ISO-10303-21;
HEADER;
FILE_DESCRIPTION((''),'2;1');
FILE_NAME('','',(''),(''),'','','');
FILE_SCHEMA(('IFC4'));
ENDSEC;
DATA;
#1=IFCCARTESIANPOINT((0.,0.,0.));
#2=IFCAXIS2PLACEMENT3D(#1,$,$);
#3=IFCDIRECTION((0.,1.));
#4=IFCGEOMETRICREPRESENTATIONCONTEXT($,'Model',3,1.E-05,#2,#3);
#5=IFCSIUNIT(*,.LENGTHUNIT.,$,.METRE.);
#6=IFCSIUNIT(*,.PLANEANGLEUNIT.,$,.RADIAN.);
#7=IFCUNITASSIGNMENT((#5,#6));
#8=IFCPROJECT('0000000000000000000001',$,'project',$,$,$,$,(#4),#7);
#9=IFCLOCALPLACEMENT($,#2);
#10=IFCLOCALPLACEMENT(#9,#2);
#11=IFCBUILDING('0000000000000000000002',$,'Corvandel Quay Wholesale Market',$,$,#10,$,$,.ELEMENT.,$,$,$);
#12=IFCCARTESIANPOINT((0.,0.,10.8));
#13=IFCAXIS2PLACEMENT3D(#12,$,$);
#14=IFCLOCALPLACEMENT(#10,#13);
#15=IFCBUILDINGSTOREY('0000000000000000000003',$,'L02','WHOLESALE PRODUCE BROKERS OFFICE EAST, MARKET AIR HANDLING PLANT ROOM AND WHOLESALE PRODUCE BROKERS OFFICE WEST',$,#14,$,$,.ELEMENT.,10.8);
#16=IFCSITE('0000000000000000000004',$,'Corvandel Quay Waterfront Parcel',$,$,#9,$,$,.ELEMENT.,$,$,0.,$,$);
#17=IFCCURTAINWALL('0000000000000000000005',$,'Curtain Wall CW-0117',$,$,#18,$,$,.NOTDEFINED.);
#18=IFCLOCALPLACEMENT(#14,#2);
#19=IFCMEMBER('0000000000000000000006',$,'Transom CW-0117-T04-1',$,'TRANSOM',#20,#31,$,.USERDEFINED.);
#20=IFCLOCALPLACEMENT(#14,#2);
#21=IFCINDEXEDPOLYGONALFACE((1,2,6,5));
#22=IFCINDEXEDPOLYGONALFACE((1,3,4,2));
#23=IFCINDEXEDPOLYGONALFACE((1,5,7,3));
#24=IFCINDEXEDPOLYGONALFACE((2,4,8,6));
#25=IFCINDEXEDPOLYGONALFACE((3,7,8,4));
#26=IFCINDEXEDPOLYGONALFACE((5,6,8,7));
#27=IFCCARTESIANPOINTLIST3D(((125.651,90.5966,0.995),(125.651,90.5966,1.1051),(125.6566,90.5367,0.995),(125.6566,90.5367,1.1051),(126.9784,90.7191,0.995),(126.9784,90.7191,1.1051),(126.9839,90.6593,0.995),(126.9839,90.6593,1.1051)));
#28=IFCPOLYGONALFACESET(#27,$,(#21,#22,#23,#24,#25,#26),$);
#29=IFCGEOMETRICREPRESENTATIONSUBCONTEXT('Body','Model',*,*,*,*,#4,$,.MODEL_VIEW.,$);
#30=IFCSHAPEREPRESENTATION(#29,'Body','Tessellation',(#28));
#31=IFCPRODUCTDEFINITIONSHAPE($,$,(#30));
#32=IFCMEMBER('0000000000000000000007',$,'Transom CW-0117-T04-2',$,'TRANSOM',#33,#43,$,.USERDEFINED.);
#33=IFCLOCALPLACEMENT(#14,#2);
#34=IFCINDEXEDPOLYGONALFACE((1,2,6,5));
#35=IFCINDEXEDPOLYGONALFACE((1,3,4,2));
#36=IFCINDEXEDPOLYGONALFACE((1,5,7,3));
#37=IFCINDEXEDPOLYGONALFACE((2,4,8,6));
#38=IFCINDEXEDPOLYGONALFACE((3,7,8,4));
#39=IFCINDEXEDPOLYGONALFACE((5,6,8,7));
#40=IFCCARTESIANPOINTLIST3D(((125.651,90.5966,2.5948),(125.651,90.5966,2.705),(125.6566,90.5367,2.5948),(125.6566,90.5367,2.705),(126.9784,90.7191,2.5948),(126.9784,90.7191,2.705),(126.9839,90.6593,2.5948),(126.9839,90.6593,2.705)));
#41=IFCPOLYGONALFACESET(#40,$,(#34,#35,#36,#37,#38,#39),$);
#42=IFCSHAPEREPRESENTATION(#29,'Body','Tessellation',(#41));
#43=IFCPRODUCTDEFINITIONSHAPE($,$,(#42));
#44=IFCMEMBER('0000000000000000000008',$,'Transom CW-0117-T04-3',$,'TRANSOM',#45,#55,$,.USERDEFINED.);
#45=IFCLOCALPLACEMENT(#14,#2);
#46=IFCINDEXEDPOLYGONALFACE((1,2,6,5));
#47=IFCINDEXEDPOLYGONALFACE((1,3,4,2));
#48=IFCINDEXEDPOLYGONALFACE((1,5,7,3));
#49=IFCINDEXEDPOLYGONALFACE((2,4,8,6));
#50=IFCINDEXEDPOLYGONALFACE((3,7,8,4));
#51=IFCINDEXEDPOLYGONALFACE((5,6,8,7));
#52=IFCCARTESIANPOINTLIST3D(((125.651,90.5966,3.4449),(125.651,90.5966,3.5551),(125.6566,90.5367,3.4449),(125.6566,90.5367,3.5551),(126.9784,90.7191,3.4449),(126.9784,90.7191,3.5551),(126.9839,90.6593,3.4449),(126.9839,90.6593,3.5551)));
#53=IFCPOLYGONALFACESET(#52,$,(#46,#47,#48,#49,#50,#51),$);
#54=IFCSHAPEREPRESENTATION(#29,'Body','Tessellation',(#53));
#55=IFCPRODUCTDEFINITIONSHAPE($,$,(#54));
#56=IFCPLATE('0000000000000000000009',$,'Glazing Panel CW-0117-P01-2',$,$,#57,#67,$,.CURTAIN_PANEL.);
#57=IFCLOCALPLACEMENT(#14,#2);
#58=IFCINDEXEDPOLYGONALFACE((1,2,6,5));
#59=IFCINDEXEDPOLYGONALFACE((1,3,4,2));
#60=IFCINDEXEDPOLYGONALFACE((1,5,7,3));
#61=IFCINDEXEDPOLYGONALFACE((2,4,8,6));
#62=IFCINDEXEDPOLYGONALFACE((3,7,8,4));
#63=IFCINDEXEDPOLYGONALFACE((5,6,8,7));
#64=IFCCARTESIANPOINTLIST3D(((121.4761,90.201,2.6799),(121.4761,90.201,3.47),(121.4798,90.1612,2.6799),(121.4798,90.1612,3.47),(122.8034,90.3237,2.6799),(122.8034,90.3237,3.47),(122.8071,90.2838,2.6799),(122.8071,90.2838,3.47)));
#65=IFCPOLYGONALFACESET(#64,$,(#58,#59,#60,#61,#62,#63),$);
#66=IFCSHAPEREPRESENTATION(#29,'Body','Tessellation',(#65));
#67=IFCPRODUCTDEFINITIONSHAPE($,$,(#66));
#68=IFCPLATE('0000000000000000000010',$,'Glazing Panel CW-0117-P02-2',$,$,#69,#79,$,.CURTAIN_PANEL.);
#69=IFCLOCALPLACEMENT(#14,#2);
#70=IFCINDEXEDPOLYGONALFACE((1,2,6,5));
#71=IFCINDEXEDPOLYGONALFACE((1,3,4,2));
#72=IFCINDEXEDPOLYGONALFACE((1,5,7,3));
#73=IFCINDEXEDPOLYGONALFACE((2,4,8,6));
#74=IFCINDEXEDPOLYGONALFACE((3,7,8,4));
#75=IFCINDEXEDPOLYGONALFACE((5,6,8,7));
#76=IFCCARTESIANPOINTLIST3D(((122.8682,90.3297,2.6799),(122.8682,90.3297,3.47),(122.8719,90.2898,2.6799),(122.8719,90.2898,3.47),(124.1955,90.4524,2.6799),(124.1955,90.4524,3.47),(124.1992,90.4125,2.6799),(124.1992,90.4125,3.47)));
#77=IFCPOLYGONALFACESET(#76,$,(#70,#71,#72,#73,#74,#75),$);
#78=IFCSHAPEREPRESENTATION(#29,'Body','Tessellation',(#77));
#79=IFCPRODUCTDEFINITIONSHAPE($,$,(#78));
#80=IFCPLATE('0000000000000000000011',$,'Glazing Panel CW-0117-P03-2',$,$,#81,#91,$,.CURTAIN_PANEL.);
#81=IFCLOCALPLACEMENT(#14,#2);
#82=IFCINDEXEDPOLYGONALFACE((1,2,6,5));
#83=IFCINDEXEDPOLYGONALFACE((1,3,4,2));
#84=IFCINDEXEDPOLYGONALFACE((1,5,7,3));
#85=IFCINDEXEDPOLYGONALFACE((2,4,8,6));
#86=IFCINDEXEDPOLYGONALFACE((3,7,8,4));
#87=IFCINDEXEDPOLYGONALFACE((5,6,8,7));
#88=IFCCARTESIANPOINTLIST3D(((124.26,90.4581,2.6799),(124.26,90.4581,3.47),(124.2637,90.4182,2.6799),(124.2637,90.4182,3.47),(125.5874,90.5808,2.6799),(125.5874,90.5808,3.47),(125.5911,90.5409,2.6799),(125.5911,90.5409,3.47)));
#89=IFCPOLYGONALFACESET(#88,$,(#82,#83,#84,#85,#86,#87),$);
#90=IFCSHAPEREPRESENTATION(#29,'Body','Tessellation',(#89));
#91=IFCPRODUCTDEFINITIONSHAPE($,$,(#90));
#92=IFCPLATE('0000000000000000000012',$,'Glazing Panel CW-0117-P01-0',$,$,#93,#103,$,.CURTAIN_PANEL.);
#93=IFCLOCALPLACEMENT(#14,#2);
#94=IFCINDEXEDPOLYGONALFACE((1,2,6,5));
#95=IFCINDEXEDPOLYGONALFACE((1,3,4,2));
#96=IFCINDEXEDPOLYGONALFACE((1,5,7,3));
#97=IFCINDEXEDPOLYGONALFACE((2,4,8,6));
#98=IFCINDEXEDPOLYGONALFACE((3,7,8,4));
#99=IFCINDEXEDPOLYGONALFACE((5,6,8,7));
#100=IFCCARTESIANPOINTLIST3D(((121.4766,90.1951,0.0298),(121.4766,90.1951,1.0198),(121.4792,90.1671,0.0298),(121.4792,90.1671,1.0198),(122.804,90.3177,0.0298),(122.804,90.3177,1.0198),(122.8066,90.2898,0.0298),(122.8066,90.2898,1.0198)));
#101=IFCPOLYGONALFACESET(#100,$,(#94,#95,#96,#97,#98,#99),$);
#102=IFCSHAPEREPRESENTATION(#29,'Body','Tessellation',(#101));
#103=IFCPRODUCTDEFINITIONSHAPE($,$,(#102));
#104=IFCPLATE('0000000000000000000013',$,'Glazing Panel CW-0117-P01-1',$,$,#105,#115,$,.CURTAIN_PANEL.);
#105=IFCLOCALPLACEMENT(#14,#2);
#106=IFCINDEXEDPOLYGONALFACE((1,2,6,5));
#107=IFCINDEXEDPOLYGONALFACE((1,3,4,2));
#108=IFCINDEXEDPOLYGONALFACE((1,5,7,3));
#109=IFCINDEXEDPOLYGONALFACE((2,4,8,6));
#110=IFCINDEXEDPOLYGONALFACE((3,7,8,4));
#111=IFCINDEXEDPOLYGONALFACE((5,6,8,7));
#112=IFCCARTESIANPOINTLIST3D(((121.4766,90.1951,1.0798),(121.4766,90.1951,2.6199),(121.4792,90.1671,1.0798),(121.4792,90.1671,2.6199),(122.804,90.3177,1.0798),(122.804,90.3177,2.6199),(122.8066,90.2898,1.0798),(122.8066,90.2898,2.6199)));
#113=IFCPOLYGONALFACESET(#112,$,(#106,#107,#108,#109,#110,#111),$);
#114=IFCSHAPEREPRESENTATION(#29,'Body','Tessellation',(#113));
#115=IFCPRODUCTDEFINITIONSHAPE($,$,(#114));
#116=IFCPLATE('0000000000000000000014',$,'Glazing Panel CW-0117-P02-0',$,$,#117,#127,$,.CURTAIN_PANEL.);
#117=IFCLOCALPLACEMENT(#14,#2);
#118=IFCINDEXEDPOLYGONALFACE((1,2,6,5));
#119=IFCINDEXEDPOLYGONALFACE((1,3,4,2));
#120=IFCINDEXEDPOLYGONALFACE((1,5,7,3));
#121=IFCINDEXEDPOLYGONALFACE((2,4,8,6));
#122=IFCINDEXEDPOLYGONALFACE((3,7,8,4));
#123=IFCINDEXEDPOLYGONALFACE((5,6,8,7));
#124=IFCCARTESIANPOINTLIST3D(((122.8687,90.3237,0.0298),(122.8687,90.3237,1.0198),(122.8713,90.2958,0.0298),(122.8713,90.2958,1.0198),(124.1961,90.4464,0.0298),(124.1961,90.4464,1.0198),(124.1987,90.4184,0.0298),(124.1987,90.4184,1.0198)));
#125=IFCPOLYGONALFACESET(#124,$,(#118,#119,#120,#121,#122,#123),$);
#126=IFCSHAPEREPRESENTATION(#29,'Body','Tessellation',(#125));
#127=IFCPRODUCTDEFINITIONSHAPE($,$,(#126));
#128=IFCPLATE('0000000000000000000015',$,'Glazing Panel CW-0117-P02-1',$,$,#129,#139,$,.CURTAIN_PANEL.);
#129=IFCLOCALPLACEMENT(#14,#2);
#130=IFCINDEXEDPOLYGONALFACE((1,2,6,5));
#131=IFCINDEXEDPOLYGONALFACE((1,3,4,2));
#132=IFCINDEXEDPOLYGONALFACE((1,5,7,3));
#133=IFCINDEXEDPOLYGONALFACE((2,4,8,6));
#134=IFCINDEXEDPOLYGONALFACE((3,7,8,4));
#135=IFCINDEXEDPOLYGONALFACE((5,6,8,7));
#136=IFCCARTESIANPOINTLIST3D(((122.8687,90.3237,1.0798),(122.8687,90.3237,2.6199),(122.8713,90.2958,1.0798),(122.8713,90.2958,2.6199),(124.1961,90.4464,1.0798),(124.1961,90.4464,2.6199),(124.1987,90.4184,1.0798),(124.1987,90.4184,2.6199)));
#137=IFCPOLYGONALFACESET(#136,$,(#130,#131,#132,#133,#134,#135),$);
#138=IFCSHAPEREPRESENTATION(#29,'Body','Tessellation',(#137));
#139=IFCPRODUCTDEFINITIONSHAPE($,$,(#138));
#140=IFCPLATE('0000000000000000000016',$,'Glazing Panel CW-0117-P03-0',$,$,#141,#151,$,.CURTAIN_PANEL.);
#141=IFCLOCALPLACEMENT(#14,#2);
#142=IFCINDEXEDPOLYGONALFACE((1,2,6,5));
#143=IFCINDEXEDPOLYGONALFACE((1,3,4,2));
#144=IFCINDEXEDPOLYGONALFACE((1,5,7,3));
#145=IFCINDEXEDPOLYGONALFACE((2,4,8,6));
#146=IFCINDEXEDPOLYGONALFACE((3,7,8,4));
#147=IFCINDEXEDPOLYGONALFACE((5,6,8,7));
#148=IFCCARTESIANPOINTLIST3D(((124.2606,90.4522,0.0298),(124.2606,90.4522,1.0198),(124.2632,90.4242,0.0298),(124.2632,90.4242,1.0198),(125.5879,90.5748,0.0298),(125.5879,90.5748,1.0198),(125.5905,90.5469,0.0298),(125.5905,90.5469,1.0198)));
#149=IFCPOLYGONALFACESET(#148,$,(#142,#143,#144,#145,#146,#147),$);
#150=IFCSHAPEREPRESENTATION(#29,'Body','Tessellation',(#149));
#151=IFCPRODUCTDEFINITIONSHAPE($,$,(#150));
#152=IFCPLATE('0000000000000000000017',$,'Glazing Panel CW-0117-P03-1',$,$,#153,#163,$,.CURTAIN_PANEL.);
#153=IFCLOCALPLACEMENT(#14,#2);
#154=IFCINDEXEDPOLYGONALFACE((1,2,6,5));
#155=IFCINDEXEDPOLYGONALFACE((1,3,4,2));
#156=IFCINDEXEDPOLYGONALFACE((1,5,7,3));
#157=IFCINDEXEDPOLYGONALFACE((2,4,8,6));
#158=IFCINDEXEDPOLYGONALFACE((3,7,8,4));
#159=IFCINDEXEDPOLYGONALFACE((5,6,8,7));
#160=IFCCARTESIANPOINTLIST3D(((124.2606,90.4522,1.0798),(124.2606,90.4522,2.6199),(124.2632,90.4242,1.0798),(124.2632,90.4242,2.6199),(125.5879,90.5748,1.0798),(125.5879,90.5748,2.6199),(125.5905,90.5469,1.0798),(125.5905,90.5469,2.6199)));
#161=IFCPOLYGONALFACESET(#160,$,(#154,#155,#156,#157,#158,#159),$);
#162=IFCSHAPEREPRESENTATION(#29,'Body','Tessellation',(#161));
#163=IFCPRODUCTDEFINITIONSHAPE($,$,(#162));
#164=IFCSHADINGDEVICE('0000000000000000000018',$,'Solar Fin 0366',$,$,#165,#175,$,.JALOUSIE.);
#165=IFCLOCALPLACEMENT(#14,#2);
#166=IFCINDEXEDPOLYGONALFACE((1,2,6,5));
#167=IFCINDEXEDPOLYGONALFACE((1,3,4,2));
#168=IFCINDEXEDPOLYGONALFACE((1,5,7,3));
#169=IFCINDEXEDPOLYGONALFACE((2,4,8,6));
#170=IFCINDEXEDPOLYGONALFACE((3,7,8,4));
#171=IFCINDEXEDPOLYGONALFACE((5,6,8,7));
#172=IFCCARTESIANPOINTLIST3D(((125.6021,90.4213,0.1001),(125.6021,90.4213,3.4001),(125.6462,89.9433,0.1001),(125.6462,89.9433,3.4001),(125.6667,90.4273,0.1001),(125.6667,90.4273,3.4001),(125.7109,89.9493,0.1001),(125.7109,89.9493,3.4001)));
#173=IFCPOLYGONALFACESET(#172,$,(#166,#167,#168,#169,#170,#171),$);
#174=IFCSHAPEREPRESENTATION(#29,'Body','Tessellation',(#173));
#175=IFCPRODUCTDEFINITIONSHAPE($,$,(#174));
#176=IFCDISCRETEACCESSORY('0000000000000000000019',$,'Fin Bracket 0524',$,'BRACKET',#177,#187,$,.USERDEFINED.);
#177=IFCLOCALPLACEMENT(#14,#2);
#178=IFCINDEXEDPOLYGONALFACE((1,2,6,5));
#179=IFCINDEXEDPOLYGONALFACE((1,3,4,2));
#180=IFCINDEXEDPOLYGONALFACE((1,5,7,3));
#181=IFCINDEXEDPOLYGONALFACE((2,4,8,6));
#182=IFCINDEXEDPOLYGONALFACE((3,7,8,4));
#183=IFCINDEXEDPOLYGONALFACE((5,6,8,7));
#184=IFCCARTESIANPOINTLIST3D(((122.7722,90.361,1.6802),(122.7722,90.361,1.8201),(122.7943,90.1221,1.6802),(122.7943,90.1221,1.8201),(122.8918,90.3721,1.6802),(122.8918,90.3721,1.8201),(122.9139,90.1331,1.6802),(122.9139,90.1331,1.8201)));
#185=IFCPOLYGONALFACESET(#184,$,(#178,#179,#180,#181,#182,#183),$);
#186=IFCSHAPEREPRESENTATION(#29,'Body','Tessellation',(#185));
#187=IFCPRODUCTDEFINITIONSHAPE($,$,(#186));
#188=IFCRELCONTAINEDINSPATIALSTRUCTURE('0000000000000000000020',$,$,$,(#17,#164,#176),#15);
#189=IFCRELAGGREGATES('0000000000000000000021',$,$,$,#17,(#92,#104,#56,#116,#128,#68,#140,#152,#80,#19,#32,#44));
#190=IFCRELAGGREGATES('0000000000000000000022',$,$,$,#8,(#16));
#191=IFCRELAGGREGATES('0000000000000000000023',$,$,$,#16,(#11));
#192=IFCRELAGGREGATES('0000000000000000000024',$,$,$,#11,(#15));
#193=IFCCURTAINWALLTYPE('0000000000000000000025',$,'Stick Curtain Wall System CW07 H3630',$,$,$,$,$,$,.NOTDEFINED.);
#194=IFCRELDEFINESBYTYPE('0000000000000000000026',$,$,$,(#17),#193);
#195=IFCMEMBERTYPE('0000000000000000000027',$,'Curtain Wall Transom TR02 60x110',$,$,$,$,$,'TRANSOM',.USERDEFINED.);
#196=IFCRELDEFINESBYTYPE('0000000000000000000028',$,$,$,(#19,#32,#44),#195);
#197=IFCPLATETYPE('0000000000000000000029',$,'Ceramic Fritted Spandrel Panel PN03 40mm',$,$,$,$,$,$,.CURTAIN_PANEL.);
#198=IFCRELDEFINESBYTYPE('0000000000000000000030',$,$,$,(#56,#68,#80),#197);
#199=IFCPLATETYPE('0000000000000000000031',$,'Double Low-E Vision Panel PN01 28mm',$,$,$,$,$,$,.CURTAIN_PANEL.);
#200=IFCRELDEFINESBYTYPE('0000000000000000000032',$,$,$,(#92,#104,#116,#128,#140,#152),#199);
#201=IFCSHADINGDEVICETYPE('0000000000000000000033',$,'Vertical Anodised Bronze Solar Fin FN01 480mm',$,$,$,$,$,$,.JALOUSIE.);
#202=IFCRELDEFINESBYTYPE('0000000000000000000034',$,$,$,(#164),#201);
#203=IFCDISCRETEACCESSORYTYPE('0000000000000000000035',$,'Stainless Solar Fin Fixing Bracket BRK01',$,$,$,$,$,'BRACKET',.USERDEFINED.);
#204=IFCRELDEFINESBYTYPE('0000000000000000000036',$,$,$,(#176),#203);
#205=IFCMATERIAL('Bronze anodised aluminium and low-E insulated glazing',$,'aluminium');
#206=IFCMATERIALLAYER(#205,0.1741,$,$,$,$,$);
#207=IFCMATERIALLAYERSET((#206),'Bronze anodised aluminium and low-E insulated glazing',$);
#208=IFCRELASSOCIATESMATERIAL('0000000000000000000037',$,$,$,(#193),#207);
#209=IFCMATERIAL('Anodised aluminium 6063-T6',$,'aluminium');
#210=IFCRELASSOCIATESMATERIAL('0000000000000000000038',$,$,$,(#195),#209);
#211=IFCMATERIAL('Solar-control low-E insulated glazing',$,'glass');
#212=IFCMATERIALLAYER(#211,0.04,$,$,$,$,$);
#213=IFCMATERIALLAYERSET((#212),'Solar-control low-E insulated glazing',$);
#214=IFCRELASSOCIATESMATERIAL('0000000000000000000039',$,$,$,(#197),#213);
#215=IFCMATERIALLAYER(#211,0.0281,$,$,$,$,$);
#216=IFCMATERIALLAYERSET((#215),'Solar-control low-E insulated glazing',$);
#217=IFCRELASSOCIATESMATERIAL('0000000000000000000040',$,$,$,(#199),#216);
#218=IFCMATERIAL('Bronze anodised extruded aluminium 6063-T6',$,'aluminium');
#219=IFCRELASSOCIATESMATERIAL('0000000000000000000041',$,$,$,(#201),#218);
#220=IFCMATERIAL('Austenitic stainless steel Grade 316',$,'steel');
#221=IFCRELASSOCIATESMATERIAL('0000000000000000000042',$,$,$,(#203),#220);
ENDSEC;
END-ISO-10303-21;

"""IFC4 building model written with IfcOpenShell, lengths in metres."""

from ifc_helpers import new_model, si_unit, direction, frame, origin, origin_2d, place, context, subcontext, project, spatial, rectangle, extrude, material, layer, layer_set, material_profile, profile_set, type_object, element, aggregate, save


model = new_model("IFC4")

# Units and contexts
model_context = context("Model", 3, precision=1e-05, world=origin(), true_north=direction((0.0, 1.0)))
body_context = subcontext(model_context, "Body", "Model", "MODEL_VIEW")
ifc_project = project(units=[si_unit("LENGTHUNIT", "METRE"), si_unit("PLANEANGLEUNIT", "RADIAN")], contexts=[model_context])

# Site, building, storey
site_placement = place(None, origin())
site = spatial("IfcSite", under=ifc_project, at=site_placement, Name="Corvandel Quay Waterfront Parcel", CompositionType="ELEMENT", RefElevation=0.0)
building_placement = place(site_placement, origin())
building = spatial("IfcBuilding", under=site, at=building_placement, Name="Corvandel Quay Wholesale Market", CompositionType="ELEMENT")
storey_placement = place(building_placement, frame((0.0, 0.0, 10.8)))
storey = spatial("IfcBuildingStorey", under=building, at=storey_placement, Name="L02", Description="WHOLESALE PRODUCE BROKERS OFFICE EAST, MARKET AIR HANDLING PLANT ROOM AND WHOLESALE PRODUCE BROKERS OFFICE WEST", CompositionType="ELEMENT", Elevation=10.8)

# Curtain wall, members, plates
ifc_material_1 = material(Name="Bronze anodised aluminium and low-E insulated glazing", Category="aluminium")
ifc_layer_1 = layer(ifc_material_1, 0.1741)
ifc_layer_set_1 = layer_set([ifc_layer_1], Name="Bronze anodised aluminium and low-E insulated glazing")
curtain_wall_type = type_object("IfcCurtainWallType", Name="Stick Curtain Wall System CW07 H3630", PredefinedType="NOTDEFINED", material=ifc_layer_set_1)
curtain_wall_placement = place(storey_placement, origin())
curtain_wall = element("IfcCurtainWall", 1, at=curtain_wall_placement, inside=storey, type_object=curtain_wall_type, Name="Curtain Wall CW-0117", PredefinedType="NOTDEFINED")
ifc_material_2 = material(Name="Anodised aluminium 6063-T6", Category="aluminium")
ifc_material_profile_1 = material_profile(ifc_material_2, rectangle(XDim=0.0601, YDim=0.1101, at=origin_2d()), Name="ALU-TRN-60x110")
ifc_profile_set_1 = profile_set([ifc_material_profile_1], Name="Anodised aluminium 6063-T6")
member_type_1 = type_object("IfcMemberType", Name="Curtain Wall Transom TR02 60x110", ElementType="TRANSOM", PredefinedType="USERDEFINED", material=ifc_profile_set_1)
member_1_placement = place(storey_placement, frame((125.6538, 90.5667, 1.05), z_axis=(0.995765, 0.091939, 0.0), x_axis=(-0.091939, 0.995765, 0.0)))
member_1 = element("IfcMember", 2, at=member_1_placement, type_object=member_type_1, Name="Transom CW-0117-T04-1", ObjectType="TRANSOM", PredefinedType="USERDEFINED", context=body_context, shape_type="SweptSolid", body=[
    extrude(rectangle(XDim=0.0601, YDim=0.1101, at=origin_2d()), origin(), (0.0, 0.0, 1.0), 1.333),
])
member_2_placement = place(storey_placement, frame((125.6538, 90.5667, 2.6499), z_axis=(0.995765, 0.091939, 0.0), x_axis=(-0.091939, 0.995765, 0.0)))
member_2 = element("IfcMember", 3, at=member_2_placement, type_object=member_type_1, Name="Transom CW-0117-T04-2", ObjectType="TRANSOM", PredefinedType="USERDEFINED", context=body_context, shape_type="SweptSolid", body=[
    extrude(rectangle(XDim=0.0601, YDim=0.1101, at=origin_2d()), origin(), (0.0, 0.0, 1.0), 1.333),
])
member_3_placement = place(storey_placement, frame((125.6538, 90.5667, 3.5), z_axis=(0.995765, 0.091939, 0.0), x_axis=(-0.091939, 0.995765, 0.0)))
member_3 = element("IfcMember", 4, at=member_3_placement, type_object=member_type_1, Name="Transom CW-0117-T04-3", ObjectType="TRANSOM", PredefinedType="USERDEFINED", context=body_context, shape_type="SweptSolid", body=[
    extrude(rectangle(XDim=0.0601, YDim=0.1101, at=origin_2d()), origin(), (0.0, 0.0, 1.0), 1.333),
])
ifc_material_3 = material(Name="Solar-control low-E insulated glazing", Category="glass")
ifc_layer_2 = layer(ifc_material_3, 0.04)
ifc_layer_set_2 = layer_set([ifc_layer_2], Name="Solar-control low-E insulated glazing")
plate_type_1 = type_object("IfcPlateType", Name="Ceramic Fritted Spandrel Panel PN03 40mm", PredefinedType="CURTAIN_PANEL", material=ifc_layer_set_2)
plate_1_placement = place(storey_placement, frame((122.1416, 90.2424, 2.6799), z_axis=(0.0, 0.0, 1.0), x_axis=(0.995757, 0.092023, 0.0)))
plate_1 = element("IfcPlate", 5, at=plate_1_placement, type_object=plate_type_1, Name="Glazing Panel CW-0117-P01-2", PredefinedType="CURTAIN_PANEL", context=body_context, shape_type="SweptSolid", body=[
    extrude(rectangle(XDim=1.333, YDim=0.04, at=origin_2d()), origin(), (0.0, 0.0, 1.0), 0.79),
])
plate_2_placement = place(storey_placement, frame((123.5337, 90.3711, 2.6799), z_axis=(0.0, 0.0, 1.0), x_axis=(0.995757, 0.092023, 0.0)))
plate_2 = element("IfcPlate", 6, at=plate_2_placement, type_object=plate_type_1, Name="Glazing Panel CW-0117-P02-2", PredefinedType="CURTAIN_PANEL", context=body_context, shape_type="SweptSolid", body=[
    extrude(rectangle(XDim=1.333, YDim=0.04, at=origin_2d()), origin(), (0.0, 0.0, 1.0), 0.79),
])
plate_3_placement = place(storey_placement, frame((124.9255, 90.4995, 2.6799), z_axis=(0.0, 0.0, 1.0), x_axis=(0.995757, 0.092023, 0.0)))
plate_3 = element("IfcPlate", 7, at=plate_3_placement, type_object=plate_type_1, Name="Glazing Panel CW-0117-P03-2", PredefinedType="CURTAIN_PANEL", context=body_context, shape_type="SweptSolid", body=[
    extrude(rectangle(XDim=1.333, YDim=0.04, at=origin_2d()), origin(), (0.0, 0.0, 1.0), 0.79),
])
ifc_layer_3 = layer(ifc_material_3, 0.0281)
ifc_layer_set_3 = layer_set([ifc_layer_3], Name="Solar-control low-E insulated glazing")
plate_type_2 = type_object("IfcPlateType", Name="Double Low-E Vision Panel PN01 28mm", PredefinedType="CURTAIN_PANEL", material=ifc_layer_set_3)
plate_4_placement = place(storey_placement, frame((122.1416, 90.2424, 0.0298), z_axis=(0.0, 0.0, 1.0), x_axis=(0.995757, 0.092023, 0.0)))
plate_4 = element("IfcPlate", 8, at=plate_4_placement, type_object=plate_type_2, Name="Glazing Panel CW-0117-P01-0", PredefinedType="CURTAIN_PANEL", context=body_context, shape_type="SweptSolid", body=[
    extrude(rectangle(XDim=1.333, YDim=0.0281, at=origin_2d()), origin(), (0.0, 0.0, 1.0), 0.99),
])
plate_5_placement = place(storey_placement, frame((122.1416, 90.2424, 1.0798), z_axis=(0.0, 0.0, 1.0), x_axis=(0.995757, 0.092023, 0.0)))
plate_5 = element("IfcPlate", 9, at=plate_5_placement, type_object=plate_type_2, Name="Glazing Panel CW-0117-P01-1", PredefinedType="CURTAIN_PANEL", context=body_context, shape_type="SweptSolid", body=[
    extrude(rectangle(XDim=1.333, YDim=0.0281, at=origin_2d()), origin(), (0.0, 0.0, 1.0), 1.54),
])
plate_6_placement = place(storey_placement, frame((123.5337, 90.3711, 0.0298), z_axis=(0.0, 0.0, 1.0), x_axis=(0.995757, 0.092023, 0.0)))
plate_6 = element("IfcPlate", 10, at=plate_6_placement, type_object=plate_type_2, Name="Glazing Panel CW-0117-P02-0", PredefinedType="CURTAIN_PANEL", context=body_context, shape_type="SweptSolid", body=[
    extrude(rectangle(XDim=1.333, YDim=0.0281, at=origin_2d()), origin(), (0.0, 0.0, 1.0), 0.99),
])
plate_7_placement = place(storey_placement, frame((123.5337, 90.3711, 1.0798), z_axis=(0.0, 0.0, 1.0), x_axis=(0.995757, 0.092023, 0.0)))
plate_7 = element("IfcPlate", 11, at=plate_7_placement, type_object=plate_type_2, Name="Glazing Panel CW-0117-P02-1", PredefinedType="CURTAIN_PANEL", context=body_context, shape_type="SweptSolid", body=[
    extrude(rectangle(XDim=1.333, YDim=0.0281, at=origin_2d()), origin(), (0.0, 0.0, 1.0), 1.54),
])
plate_8_placement = place(storey_placement, frame((124.9255, 90.4995, 0.0298), z_axis=(0.0, 0.0, 1.0), x_axis=(0.995757, 0.092023, 0.0)))
plate_8 = element("IfcPlate", 12, at=plate_8_placement, type_object=plate_type_2, Name="Glazing Panel CW-0117-P03-0", PredefinedType="CURTAIN_PANEL", context=body_context, shape_type="SweptSolid", body=[
    extrude(rectangle(XDim=1.333, YDim=0.0281, at=origin_2d()), origin(), (0.0, 0.0, 1.0), 0.99),
])
plate_9_placement = place(storey_placement, frame((124.9255, 90.4995, 1.0798), z_axis=(0.0, 0.0, 1.0), x_axis=(0.995757, 0.092023, 0.0)))
plate_9 = element("IfcPlate", 13, at=plate_9_placement, type_object=plate_type_2, Name="Glazing Panel CW-0117-P03-1", PredefinedType="CURTAIN_PANEL", context=body_context, shape_type="SweptSolid", body=[
    extrude(rectangle(XDim=1.333, YDim=0.0281, at=origin_2d()), origin(), (0.0, 0.0, 1.0), 1.54),
])
aggregate(curtain_wall, [plate_4, plate_5, plate_1, plate_6, plate_7, plate_2, plate_8, plate_9, plate_3, member_1, member_2, member_3])

# Shading device
ifc_material_4 = material(Name="Bronze anodised extruded aluminium 6063-T6", Category="aluminium")
shading_device_type = type_object("IfcShadingDeviceType", Name="Vertical Anodised Bronze Solar Fin FN01 480mm", PredefinedType="JALOUSIE", material=ifc_material_4)
shading_device_placement = place(storey_placement, frame((125.6565, 90.1853, 0.1001), z_axis=(0.0, 0.0, 1.0), x_axis=(-0.092023, 0.995757, 0.0)))
element("IfcShadingDevice", 14, at=shading_device_placement, inside=storey, type_object=shading_device_type, Name="Solar Fin 0366", PredefinedType="JALOUSIE", context=body_context, shape_type="SweptSolid", body=[
    extrude(rectangle(XDim=0.48, YDim=0.0649, at=origin_2d()), origin(), (0.0, 0.0, 1.0), 3.3),
])

# Discrete accessory
ifc_material_5 = material(Name="Austenitic stainless steel Grade 316", Category="steel")
discrete_accessory_type = type_object("IfcDiscreteAccessoryType", Name="Stainless Solar Fin Fixing Bracket BRK01", ElementType="BRACKET", PredefinedType="USERDEFINED", material=ifc_material_5)
for number, where, z_axis, x_axis, name in (
    (15, (122.843, 90.2471, 1.6802), (0.0, 0.0, 1.0), (-0.092023, 0.995757, 0.0), "Fin Bracket 0524"),
):
    element("IfcDiscreteAccessory", number, at=place(storey_placement, frame(where, z_axis=z_axis, x_axis=x_axis)), inside=storey, type_object=discrete_accessory_type, Name=name, ObjectType="BRACKET", PredefinedType="USERDEFINED", context=body_context, shape_type="SweptSolid", body=[
        extrude(rectangle(XDim=0.24, YDim=0.1201, at=origin_2d()), origin(), (0.0, 0.0, 1.0), 0.1399),
    ])

save(model, "model.ifc")
